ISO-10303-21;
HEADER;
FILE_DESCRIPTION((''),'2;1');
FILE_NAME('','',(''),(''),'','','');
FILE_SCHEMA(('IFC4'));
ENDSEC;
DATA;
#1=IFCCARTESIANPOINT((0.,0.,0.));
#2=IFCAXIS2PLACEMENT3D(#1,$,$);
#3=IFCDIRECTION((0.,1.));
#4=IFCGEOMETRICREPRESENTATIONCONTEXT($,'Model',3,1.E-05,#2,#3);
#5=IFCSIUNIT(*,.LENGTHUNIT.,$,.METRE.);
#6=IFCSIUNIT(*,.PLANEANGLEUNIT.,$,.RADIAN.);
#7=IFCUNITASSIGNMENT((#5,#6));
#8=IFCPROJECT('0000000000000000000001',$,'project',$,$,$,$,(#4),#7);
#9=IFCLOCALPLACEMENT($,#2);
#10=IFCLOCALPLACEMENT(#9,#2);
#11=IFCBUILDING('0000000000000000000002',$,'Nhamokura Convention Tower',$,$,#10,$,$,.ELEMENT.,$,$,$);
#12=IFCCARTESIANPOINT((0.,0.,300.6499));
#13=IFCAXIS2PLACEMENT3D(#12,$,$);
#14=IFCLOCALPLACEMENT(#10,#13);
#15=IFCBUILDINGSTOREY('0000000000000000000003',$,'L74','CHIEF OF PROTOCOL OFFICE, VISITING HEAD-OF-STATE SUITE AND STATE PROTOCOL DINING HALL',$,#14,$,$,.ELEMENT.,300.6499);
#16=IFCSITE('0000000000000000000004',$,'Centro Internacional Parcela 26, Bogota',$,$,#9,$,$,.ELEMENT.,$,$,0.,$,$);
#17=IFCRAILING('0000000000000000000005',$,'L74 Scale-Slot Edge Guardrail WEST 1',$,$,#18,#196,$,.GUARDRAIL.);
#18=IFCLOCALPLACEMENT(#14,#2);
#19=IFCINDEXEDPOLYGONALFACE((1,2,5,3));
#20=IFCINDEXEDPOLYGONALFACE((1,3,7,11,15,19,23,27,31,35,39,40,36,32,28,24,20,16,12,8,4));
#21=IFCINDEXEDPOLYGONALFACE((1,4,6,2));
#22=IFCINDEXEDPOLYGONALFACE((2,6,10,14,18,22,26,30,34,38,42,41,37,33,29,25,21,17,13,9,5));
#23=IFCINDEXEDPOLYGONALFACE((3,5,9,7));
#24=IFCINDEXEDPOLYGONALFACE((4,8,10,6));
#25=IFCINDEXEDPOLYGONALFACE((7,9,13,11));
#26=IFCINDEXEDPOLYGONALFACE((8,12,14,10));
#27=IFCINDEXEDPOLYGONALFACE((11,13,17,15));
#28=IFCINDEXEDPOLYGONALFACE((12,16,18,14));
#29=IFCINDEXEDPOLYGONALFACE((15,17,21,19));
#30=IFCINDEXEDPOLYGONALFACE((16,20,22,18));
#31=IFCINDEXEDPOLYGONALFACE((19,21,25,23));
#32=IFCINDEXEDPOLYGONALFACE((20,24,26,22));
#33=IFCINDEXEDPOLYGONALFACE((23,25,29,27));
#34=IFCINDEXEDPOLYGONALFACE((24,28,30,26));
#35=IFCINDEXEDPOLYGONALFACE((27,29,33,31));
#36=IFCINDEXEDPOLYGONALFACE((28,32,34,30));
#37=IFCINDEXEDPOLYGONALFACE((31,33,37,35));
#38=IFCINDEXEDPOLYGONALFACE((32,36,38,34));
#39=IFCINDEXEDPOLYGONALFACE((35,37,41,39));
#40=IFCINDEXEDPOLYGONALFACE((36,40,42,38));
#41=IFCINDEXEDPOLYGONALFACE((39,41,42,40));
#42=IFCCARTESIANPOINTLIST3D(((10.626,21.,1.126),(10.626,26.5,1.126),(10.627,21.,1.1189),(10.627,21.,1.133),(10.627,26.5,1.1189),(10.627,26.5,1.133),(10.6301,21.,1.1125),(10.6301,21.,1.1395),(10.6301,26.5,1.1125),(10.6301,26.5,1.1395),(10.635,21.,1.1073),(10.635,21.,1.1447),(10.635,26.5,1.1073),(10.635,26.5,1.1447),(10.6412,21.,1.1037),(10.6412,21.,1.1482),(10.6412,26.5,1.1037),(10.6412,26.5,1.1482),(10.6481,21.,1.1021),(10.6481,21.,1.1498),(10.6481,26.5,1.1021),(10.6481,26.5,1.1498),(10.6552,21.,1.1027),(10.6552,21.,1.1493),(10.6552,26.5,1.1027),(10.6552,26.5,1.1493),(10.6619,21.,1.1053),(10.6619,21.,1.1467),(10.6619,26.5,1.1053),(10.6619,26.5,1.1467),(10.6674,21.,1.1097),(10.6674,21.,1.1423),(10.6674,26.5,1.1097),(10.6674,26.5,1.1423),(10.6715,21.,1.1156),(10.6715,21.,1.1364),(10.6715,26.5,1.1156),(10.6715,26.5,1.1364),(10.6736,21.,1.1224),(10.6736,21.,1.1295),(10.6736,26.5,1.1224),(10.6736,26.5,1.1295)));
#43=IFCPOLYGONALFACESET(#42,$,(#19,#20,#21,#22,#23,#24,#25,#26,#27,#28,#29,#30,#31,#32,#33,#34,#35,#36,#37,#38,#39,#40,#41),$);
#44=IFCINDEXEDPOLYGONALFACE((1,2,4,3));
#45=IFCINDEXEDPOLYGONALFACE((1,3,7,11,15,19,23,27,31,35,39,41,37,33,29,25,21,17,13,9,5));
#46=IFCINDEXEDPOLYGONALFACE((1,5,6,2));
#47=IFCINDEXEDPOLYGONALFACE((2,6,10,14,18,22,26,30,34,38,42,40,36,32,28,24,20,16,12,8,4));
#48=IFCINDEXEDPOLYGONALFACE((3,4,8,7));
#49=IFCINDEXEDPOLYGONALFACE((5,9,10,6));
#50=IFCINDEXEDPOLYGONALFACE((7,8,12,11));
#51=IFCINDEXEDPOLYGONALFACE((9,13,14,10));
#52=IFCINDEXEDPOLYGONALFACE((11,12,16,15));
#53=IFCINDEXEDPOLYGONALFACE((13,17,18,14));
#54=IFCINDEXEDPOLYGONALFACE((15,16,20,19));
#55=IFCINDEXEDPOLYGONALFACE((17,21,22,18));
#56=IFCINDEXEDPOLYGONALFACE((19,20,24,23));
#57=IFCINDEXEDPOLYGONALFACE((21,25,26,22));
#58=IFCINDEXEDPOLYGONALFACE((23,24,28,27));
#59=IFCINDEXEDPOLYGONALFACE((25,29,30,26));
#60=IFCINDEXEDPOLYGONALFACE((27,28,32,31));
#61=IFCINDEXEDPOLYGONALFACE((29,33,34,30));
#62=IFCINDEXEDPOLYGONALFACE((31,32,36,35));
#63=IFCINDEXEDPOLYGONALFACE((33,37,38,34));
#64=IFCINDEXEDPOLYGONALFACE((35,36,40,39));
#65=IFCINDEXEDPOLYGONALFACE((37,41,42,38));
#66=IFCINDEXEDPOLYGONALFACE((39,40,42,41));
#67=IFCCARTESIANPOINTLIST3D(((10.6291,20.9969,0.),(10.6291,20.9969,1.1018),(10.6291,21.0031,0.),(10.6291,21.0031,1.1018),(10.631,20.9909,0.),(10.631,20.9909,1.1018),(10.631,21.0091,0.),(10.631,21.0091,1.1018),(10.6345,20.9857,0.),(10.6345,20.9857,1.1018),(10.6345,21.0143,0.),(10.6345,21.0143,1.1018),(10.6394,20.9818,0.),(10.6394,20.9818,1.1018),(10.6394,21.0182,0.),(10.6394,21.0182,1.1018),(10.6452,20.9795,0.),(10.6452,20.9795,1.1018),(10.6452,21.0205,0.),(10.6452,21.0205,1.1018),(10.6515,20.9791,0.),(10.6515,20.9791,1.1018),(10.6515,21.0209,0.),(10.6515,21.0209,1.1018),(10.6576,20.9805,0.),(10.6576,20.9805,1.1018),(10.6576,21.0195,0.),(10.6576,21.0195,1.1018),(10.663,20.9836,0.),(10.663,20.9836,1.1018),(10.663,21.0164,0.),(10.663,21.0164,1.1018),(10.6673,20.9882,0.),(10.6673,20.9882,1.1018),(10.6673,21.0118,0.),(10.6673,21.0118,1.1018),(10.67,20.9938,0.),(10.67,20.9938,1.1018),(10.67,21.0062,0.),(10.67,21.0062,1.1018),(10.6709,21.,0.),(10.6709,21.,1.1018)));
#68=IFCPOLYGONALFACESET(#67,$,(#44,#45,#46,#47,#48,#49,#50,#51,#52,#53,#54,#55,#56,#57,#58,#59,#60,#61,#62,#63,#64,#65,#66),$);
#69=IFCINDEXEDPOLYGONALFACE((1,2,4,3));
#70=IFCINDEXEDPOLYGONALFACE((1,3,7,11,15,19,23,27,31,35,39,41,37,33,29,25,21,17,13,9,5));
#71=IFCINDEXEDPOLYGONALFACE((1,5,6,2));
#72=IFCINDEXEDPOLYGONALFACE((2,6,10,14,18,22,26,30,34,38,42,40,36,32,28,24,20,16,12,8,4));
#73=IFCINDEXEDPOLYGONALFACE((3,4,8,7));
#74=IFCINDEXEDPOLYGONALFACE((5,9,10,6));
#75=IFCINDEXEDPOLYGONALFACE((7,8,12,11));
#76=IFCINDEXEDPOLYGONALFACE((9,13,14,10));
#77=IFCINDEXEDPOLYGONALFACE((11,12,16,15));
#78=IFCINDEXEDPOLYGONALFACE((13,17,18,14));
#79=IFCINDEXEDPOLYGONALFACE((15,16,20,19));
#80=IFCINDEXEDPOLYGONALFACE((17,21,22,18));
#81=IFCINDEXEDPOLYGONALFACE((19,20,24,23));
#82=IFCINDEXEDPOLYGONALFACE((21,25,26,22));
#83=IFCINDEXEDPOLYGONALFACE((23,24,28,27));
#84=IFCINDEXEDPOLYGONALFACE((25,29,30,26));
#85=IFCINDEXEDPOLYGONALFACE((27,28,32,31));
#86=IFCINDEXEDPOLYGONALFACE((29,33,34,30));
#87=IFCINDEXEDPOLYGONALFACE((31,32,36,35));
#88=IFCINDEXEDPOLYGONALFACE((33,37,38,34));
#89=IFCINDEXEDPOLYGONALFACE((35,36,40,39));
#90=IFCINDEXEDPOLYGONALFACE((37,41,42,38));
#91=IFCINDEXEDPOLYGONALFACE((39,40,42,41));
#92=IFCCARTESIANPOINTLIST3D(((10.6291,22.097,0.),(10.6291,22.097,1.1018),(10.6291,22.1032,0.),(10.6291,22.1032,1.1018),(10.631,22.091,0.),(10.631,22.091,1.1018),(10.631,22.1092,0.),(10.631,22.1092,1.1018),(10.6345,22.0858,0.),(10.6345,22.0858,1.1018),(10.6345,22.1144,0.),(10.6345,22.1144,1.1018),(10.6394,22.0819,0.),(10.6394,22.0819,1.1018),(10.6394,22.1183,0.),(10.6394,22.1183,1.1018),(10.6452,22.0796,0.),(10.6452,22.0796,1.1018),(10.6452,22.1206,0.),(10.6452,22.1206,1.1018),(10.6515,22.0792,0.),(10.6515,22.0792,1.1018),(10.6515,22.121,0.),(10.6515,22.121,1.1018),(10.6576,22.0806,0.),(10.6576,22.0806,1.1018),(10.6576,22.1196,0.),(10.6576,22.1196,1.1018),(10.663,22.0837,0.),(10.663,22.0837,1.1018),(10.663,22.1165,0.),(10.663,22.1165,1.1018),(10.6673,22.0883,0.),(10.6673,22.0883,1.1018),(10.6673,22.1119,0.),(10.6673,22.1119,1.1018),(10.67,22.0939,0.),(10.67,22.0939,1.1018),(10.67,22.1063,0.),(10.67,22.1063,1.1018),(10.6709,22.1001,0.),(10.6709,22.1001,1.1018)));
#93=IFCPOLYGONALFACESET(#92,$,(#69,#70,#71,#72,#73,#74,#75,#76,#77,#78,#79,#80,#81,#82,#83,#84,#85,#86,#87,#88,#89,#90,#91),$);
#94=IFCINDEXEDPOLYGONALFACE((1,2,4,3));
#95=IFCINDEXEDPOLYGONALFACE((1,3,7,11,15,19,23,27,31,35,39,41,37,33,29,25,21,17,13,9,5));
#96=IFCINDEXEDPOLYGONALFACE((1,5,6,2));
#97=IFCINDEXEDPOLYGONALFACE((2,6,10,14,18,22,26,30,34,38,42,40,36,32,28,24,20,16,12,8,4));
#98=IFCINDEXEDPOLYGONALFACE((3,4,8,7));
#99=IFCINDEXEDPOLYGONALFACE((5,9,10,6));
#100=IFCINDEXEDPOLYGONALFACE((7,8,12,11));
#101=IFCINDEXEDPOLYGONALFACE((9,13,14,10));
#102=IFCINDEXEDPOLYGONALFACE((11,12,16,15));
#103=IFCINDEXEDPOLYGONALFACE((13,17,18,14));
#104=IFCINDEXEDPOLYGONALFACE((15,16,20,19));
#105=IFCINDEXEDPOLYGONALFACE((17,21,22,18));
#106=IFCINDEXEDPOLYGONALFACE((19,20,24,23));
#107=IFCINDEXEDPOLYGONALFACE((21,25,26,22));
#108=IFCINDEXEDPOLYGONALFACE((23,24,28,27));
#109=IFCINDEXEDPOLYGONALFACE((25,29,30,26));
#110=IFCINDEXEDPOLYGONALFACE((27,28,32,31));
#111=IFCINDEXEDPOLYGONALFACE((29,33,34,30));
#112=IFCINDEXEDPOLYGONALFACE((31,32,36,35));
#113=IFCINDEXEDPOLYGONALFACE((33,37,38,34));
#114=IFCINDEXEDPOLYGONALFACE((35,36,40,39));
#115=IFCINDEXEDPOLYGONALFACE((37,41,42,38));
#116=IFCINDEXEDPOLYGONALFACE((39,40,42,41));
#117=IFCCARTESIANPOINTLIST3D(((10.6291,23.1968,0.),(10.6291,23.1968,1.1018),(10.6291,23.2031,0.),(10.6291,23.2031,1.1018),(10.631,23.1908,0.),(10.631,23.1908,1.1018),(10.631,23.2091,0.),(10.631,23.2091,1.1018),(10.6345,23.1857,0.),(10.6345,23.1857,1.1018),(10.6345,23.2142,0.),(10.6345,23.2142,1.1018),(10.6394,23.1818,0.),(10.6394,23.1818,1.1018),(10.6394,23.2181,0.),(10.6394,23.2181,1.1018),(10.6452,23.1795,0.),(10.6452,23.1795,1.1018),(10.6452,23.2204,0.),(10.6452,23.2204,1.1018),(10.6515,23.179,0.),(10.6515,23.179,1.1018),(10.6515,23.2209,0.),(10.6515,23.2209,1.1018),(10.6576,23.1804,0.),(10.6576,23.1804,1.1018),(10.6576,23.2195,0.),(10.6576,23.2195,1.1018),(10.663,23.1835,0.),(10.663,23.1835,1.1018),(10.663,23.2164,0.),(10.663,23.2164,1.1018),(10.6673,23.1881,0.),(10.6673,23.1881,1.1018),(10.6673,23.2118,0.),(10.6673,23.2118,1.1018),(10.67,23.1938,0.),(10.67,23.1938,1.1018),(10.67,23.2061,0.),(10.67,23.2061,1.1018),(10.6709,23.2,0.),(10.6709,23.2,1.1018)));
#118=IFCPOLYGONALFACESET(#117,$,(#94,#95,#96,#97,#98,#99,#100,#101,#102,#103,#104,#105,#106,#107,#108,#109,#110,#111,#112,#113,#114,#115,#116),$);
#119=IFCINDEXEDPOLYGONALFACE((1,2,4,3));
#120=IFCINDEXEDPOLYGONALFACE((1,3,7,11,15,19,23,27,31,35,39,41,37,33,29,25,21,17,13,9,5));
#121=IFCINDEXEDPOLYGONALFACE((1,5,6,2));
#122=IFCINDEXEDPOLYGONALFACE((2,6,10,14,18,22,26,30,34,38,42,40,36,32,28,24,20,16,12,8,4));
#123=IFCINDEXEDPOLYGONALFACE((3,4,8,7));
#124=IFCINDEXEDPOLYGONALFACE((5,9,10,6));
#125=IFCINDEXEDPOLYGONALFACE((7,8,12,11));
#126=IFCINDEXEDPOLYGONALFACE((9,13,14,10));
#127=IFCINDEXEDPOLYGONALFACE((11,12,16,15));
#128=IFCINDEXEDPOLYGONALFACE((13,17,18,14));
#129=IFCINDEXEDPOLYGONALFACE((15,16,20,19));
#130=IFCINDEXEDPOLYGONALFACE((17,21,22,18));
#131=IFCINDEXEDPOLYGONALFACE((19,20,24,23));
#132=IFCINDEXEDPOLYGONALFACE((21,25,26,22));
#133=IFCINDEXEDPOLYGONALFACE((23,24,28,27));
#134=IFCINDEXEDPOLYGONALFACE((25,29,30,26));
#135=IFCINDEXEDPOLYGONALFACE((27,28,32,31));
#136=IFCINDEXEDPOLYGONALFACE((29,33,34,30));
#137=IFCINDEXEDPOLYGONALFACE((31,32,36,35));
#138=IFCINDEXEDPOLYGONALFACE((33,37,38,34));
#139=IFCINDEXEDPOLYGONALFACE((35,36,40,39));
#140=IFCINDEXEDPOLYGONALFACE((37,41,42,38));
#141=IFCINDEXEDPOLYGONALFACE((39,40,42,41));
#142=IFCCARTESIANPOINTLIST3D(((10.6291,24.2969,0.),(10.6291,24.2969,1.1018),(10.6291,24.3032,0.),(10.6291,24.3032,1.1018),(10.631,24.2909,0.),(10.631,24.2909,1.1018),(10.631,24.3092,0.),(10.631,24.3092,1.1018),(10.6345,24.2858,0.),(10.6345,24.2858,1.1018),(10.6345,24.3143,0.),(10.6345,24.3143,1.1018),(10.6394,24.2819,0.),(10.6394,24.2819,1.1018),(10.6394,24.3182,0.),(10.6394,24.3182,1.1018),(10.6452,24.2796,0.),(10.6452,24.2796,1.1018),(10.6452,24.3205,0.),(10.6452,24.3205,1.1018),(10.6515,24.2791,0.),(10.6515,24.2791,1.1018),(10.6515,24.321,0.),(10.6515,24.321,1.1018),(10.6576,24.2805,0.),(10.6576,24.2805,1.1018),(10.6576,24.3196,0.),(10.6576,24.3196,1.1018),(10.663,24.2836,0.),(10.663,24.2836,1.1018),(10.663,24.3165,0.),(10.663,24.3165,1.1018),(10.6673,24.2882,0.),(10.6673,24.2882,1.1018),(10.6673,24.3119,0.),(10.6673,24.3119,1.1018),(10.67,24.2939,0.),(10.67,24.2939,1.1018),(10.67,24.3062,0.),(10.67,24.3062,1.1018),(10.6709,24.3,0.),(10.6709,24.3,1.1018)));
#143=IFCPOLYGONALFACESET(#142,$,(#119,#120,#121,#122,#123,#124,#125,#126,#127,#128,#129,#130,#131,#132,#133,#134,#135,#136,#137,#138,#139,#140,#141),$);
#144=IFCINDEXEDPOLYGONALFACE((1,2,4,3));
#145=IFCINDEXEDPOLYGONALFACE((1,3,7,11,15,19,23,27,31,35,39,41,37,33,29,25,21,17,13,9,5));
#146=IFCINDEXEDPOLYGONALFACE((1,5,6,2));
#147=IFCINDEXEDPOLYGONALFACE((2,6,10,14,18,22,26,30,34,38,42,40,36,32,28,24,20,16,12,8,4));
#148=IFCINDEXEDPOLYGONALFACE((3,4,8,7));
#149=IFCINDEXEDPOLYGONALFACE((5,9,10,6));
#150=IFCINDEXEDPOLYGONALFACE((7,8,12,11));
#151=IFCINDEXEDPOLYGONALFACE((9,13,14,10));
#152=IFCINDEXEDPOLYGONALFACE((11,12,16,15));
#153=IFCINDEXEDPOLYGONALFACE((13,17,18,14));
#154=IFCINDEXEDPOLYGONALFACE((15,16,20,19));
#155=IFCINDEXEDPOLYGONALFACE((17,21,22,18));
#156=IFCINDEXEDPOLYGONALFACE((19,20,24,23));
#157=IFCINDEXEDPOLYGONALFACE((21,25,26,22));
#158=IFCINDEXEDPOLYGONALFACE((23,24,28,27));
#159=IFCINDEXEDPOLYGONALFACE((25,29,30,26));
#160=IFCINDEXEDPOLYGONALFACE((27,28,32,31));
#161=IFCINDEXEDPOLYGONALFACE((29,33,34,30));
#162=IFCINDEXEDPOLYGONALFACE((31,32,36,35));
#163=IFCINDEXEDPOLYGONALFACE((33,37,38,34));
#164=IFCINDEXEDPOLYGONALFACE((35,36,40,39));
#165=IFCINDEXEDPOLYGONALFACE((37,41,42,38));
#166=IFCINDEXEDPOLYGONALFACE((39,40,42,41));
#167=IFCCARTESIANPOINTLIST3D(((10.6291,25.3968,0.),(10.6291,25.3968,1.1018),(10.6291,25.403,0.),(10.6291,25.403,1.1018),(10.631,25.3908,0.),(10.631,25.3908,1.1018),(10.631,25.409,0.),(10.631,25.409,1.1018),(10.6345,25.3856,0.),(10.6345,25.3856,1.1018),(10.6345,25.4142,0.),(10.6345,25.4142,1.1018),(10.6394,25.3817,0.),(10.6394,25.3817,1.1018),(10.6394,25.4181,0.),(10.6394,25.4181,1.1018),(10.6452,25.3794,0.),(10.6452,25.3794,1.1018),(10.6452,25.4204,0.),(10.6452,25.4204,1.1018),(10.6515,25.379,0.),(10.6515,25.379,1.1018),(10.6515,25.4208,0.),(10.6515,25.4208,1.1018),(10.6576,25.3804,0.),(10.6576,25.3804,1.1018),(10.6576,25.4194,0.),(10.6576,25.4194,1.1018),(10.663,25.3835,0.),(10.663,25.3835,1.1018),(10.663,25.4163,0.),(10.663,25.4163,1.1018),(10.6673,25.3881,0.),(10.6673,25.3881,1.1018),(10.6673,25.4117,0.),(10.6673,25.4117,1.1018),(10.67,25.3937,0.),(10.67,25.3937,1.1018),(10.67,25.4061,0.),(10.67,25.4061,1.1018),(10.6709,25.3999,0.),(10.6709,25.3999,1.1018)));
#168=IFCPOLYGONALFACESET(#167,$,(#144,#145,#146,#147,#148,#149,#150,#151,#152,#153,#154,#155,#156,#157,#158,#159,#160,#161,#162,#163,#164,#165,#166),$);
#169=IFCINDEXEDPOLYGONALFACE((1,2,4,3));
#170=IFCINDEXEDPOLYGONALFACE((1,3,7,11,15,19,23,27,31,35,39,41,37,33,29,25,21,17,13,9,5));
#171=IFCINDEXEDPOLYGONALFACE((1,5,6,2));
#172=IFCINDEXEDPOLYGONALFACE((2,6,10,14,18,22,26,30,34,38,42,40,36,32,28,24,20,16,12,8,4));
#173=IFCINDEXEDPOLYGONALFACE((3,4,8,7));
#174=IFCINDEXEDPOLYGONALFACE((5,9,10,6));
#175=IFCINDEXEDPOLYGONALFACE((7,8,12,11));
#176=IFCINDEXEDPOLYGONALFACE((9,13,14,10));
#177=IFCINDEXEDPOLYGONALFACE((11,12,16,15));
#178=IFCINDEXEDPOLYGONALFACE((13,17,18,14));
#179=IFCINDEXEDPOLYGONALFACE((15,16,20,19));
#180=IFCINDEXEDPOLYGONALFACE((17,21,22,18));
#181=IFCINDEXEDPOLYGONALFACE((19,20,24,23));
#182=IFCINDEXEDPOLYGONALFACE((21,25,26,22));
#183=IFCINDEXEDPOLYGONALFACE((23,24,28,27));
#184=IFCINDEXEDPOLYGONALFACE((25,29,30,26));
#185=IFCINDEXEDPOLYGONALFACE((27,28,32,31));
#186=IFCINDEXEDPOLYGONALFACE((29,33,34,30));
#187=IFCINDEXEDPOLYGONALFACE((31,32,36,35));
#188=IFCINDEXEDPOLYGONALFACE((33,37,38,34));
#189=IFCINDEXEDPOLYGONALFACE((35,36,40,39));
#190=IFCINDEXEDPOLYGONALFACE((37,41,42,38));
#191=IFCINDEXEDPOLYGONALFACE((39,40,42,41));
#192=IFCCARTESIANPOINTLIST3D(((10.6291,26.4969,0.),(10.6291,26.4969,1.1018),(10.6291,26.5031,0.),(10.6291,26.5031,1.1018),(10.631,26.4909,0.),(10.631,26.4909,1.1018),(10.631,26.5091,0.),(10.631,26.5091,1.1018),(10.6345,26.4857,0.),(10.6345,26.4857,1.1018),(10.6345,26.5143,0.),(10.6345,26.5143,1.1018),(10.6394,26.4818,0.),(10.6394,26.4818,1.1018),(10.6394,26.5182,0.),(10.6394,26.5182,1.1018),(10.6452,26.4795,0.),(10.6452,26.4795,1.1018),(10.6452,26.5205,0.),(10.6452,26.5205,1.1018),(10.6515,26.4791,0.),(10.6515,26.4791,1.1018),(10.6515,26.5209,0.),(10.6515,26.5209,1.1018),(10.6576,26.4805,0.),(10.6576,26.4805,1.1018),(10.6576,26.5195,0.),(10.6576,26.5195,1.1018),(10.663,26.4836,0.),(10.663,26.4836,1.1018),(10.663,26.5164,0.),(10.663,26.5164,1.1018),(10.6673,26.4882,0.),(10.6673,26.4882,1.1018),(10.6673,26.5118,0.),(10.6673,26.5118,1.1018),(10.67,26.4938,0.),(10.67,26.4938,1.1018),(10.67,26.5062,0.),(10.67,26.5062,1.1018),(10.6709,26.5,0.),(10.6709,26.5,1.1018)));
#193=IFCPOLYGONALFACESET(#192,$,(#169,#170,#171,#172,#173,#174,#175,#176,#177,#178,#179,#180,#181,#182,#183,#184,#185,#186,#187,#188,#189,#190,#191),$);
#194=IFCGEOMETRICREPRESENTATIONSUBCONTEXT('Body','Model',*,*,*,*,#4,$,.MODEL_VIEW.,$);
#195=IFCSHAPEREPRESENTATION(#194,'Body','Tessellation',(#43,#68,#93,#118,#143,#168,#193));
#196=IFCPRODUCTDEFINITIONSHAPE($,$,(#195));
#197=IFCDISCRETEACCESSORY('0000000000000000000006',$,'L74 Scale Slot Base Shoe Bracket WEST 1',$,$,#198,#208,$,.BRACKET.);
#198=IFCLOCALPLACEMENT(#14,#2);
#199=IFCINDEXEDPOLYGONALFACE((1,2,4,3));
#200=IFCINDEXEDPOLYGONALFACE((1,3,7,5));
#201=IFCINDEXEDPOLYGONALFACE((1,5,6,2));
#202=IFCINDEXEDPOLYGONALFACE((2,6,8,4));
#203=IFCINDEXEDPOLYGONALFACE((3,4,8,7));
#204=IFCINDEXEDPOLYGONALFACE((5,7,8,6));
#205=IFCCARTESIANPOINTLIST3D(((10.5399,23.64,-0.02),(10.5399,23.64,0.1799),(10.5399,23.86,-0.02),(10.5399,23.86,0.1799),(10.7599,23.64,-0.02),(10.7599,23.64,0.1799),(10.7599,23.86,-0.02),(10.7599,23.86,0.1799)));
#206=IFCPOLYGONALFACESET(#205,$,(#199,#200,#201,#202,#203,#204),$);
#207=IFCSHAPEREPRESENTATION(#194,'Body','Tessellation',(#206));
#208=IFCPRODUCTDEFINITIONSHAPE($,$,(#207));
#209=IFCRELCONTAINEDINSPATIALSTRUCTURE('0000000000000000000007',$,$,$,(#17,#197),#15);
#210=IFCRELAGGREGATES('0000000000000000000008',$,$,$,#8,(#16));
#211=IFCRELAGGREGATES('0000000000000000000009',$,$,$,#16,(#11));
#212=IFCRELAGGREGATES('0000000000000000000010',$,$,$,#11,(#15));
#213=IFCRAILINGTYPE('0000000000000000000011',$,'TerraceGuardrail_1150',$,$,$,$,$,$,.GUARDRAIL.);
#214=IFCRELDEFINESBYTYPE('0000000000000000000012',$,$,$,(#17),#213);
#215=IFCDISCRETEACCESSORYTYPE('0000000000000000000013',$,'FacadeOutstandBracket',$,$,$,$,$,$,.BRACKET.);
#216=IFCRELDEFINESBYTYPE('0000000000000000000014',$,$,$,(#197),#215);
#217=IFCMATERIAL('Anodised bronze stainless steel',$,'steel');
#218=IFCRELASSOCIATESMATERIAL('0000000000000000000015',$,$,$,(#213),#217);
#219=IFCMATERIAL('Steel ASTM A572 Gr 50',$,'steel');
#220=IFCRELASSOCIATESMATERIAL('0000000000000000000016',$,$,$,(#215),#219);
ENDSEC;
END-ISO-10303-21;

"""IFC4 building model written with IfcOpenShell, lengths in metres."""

from ifc_helpers import new_model, si_unit, direction, frame, origin, origin_2d, place, context, subcontext, project, spatial, rectangle, circle, extrude, material, type_object, element, save


model = new_model("IFC4")

# Units and contexts
model_context = context("Model", 3, precision=1e-05, world=origin(), true_north=direction((0.0, 1.0)))
body_context = subcontext(model_context, "Body", "Model", "MODEL_VIEW")
ifc_project = project(units=[si_unit("LENGTHUNIT", "METRE"), si_unit("PLANEANGLEUNIT", "RADIAN")], contexts=[model_context])

# Site, building, storey
site_placement = place(None, origin())
site = spatial("IfcSite", under=ifc_project, at=site_placement, Name="Centro Internacional Parcela 26, Bogota", CompositionType="ELEMENT", RefElevation=0.0)
building_placement = place(site_placement, origin())
building = spatial("IfcBuilding", under=site, at=building_placement, Name="Nhamokura Convention Tower", CompositionType="ELEMENT")
storey_placement = place(building_placement, frame((0.0, 0.0, 300.6499)))
storey = spatial("IfcBuildingStorey", under=building, at=storey_placement, Name="L74", Description="CHIEF OF PROTOCOL OFFICE, VISITING HEAD-OF-STATE SUITE AND STATE PROTOCOL DINING HALL", CompositionType="ELEMENT", Elevation=300.6499)

# Railing
ifc_material_1 = material(Name="Anodised bronze stainless steel", Category="steel")
railing_type = type_object("IfcRailingType", Name="TerraceGuardrail_1150", PredefinedType="GUARDRAIL", material=ifc_material_1)
railing_placement = place(storey_placement, frame((10.6499, 21.0, 0.0)))
element("IfcRailing", 1, at=railing_placement, inside=storey, type_object=railing_type, Name="L74 Scale-Slot Edge Guardrail WEST 1", PredefinedType="GUARDRAIL", context=body_context, shape_type="SweptSolid", body=[
    extrude(circle(Radius=0.0239, at=origin_2d()), frame((0.0, 0.0, 1.126), z_axis=(0.0, 1.0, 0.0), x_axis=(-1.0, 0.0, 0.0)), (0.0, 0.0, 1.0), 5.5),
    extrude(circle(Radius=0.021, at=origin_2d()), origin(), (0.0, 0.0, 1.0), 1.1018),
    extrude(circle(Radius=0.021, at=origin_2d()), frame((0.0, 1.1001, 0.0)), (0.0, 0.0, 1.0), 1.1018),
    extrude(circle(Radius=0.021, at=origin_2d()), frame((0.0, 2.2, 0.0)), (0.0, 0.0, 1.0), 1.1018),
    extrude(circle(Radius=0.021, at=origin_2d()), frame((0.0, 3.3, 0.0)), (0.0, 0.0, 1.0), 1.1018),
    extrude(circle(Radius=0.021, at=origin_2d()), frame((0.0, 4.3999, 0.0)), (0.0, 0.0, 1.0), 1.1018),
    extrude(circle(Radius=0.021, at=origin_2d()), frame((0.0, 5.5, 0.0)), (0.0, 0.0, 1.0), 1.1018),
])

# Discrete accessory
ifc_material_2 = material(Name="Steel ASTM A572 Gr 50", Category="steel")
discrete_accessory_type = type_object("IfcDiscreteAccessoryType", Name="FacadeOutstandBracket", PredefinedType="BRACKET", material=ifc_material_2)
discrete_accessory_placement = place(storey_placement, frame((10.6499, 23.75, -0.02), z_axis=(0.0, 0.0, 1.0), x_axis=(1.0, 0.0, 0.0)))
element("IfcDiscreteAccessory", 2, at=discrete_accessory_placement, inside=storey, type_object=discrete_accessory_type, Name="L74 Scale Slot Base Shoe Bracket WEST 1", PredefinedType="BRACKET", context=body_context, shape_type="SweptSolid", body=[
    extrude(rectangle(XDim=0.22, YDim=0.22, at=origin_2d()), origin(), (0.0, 0.0, 1.0), 0.2),
])

save(model, "model.ifc")
